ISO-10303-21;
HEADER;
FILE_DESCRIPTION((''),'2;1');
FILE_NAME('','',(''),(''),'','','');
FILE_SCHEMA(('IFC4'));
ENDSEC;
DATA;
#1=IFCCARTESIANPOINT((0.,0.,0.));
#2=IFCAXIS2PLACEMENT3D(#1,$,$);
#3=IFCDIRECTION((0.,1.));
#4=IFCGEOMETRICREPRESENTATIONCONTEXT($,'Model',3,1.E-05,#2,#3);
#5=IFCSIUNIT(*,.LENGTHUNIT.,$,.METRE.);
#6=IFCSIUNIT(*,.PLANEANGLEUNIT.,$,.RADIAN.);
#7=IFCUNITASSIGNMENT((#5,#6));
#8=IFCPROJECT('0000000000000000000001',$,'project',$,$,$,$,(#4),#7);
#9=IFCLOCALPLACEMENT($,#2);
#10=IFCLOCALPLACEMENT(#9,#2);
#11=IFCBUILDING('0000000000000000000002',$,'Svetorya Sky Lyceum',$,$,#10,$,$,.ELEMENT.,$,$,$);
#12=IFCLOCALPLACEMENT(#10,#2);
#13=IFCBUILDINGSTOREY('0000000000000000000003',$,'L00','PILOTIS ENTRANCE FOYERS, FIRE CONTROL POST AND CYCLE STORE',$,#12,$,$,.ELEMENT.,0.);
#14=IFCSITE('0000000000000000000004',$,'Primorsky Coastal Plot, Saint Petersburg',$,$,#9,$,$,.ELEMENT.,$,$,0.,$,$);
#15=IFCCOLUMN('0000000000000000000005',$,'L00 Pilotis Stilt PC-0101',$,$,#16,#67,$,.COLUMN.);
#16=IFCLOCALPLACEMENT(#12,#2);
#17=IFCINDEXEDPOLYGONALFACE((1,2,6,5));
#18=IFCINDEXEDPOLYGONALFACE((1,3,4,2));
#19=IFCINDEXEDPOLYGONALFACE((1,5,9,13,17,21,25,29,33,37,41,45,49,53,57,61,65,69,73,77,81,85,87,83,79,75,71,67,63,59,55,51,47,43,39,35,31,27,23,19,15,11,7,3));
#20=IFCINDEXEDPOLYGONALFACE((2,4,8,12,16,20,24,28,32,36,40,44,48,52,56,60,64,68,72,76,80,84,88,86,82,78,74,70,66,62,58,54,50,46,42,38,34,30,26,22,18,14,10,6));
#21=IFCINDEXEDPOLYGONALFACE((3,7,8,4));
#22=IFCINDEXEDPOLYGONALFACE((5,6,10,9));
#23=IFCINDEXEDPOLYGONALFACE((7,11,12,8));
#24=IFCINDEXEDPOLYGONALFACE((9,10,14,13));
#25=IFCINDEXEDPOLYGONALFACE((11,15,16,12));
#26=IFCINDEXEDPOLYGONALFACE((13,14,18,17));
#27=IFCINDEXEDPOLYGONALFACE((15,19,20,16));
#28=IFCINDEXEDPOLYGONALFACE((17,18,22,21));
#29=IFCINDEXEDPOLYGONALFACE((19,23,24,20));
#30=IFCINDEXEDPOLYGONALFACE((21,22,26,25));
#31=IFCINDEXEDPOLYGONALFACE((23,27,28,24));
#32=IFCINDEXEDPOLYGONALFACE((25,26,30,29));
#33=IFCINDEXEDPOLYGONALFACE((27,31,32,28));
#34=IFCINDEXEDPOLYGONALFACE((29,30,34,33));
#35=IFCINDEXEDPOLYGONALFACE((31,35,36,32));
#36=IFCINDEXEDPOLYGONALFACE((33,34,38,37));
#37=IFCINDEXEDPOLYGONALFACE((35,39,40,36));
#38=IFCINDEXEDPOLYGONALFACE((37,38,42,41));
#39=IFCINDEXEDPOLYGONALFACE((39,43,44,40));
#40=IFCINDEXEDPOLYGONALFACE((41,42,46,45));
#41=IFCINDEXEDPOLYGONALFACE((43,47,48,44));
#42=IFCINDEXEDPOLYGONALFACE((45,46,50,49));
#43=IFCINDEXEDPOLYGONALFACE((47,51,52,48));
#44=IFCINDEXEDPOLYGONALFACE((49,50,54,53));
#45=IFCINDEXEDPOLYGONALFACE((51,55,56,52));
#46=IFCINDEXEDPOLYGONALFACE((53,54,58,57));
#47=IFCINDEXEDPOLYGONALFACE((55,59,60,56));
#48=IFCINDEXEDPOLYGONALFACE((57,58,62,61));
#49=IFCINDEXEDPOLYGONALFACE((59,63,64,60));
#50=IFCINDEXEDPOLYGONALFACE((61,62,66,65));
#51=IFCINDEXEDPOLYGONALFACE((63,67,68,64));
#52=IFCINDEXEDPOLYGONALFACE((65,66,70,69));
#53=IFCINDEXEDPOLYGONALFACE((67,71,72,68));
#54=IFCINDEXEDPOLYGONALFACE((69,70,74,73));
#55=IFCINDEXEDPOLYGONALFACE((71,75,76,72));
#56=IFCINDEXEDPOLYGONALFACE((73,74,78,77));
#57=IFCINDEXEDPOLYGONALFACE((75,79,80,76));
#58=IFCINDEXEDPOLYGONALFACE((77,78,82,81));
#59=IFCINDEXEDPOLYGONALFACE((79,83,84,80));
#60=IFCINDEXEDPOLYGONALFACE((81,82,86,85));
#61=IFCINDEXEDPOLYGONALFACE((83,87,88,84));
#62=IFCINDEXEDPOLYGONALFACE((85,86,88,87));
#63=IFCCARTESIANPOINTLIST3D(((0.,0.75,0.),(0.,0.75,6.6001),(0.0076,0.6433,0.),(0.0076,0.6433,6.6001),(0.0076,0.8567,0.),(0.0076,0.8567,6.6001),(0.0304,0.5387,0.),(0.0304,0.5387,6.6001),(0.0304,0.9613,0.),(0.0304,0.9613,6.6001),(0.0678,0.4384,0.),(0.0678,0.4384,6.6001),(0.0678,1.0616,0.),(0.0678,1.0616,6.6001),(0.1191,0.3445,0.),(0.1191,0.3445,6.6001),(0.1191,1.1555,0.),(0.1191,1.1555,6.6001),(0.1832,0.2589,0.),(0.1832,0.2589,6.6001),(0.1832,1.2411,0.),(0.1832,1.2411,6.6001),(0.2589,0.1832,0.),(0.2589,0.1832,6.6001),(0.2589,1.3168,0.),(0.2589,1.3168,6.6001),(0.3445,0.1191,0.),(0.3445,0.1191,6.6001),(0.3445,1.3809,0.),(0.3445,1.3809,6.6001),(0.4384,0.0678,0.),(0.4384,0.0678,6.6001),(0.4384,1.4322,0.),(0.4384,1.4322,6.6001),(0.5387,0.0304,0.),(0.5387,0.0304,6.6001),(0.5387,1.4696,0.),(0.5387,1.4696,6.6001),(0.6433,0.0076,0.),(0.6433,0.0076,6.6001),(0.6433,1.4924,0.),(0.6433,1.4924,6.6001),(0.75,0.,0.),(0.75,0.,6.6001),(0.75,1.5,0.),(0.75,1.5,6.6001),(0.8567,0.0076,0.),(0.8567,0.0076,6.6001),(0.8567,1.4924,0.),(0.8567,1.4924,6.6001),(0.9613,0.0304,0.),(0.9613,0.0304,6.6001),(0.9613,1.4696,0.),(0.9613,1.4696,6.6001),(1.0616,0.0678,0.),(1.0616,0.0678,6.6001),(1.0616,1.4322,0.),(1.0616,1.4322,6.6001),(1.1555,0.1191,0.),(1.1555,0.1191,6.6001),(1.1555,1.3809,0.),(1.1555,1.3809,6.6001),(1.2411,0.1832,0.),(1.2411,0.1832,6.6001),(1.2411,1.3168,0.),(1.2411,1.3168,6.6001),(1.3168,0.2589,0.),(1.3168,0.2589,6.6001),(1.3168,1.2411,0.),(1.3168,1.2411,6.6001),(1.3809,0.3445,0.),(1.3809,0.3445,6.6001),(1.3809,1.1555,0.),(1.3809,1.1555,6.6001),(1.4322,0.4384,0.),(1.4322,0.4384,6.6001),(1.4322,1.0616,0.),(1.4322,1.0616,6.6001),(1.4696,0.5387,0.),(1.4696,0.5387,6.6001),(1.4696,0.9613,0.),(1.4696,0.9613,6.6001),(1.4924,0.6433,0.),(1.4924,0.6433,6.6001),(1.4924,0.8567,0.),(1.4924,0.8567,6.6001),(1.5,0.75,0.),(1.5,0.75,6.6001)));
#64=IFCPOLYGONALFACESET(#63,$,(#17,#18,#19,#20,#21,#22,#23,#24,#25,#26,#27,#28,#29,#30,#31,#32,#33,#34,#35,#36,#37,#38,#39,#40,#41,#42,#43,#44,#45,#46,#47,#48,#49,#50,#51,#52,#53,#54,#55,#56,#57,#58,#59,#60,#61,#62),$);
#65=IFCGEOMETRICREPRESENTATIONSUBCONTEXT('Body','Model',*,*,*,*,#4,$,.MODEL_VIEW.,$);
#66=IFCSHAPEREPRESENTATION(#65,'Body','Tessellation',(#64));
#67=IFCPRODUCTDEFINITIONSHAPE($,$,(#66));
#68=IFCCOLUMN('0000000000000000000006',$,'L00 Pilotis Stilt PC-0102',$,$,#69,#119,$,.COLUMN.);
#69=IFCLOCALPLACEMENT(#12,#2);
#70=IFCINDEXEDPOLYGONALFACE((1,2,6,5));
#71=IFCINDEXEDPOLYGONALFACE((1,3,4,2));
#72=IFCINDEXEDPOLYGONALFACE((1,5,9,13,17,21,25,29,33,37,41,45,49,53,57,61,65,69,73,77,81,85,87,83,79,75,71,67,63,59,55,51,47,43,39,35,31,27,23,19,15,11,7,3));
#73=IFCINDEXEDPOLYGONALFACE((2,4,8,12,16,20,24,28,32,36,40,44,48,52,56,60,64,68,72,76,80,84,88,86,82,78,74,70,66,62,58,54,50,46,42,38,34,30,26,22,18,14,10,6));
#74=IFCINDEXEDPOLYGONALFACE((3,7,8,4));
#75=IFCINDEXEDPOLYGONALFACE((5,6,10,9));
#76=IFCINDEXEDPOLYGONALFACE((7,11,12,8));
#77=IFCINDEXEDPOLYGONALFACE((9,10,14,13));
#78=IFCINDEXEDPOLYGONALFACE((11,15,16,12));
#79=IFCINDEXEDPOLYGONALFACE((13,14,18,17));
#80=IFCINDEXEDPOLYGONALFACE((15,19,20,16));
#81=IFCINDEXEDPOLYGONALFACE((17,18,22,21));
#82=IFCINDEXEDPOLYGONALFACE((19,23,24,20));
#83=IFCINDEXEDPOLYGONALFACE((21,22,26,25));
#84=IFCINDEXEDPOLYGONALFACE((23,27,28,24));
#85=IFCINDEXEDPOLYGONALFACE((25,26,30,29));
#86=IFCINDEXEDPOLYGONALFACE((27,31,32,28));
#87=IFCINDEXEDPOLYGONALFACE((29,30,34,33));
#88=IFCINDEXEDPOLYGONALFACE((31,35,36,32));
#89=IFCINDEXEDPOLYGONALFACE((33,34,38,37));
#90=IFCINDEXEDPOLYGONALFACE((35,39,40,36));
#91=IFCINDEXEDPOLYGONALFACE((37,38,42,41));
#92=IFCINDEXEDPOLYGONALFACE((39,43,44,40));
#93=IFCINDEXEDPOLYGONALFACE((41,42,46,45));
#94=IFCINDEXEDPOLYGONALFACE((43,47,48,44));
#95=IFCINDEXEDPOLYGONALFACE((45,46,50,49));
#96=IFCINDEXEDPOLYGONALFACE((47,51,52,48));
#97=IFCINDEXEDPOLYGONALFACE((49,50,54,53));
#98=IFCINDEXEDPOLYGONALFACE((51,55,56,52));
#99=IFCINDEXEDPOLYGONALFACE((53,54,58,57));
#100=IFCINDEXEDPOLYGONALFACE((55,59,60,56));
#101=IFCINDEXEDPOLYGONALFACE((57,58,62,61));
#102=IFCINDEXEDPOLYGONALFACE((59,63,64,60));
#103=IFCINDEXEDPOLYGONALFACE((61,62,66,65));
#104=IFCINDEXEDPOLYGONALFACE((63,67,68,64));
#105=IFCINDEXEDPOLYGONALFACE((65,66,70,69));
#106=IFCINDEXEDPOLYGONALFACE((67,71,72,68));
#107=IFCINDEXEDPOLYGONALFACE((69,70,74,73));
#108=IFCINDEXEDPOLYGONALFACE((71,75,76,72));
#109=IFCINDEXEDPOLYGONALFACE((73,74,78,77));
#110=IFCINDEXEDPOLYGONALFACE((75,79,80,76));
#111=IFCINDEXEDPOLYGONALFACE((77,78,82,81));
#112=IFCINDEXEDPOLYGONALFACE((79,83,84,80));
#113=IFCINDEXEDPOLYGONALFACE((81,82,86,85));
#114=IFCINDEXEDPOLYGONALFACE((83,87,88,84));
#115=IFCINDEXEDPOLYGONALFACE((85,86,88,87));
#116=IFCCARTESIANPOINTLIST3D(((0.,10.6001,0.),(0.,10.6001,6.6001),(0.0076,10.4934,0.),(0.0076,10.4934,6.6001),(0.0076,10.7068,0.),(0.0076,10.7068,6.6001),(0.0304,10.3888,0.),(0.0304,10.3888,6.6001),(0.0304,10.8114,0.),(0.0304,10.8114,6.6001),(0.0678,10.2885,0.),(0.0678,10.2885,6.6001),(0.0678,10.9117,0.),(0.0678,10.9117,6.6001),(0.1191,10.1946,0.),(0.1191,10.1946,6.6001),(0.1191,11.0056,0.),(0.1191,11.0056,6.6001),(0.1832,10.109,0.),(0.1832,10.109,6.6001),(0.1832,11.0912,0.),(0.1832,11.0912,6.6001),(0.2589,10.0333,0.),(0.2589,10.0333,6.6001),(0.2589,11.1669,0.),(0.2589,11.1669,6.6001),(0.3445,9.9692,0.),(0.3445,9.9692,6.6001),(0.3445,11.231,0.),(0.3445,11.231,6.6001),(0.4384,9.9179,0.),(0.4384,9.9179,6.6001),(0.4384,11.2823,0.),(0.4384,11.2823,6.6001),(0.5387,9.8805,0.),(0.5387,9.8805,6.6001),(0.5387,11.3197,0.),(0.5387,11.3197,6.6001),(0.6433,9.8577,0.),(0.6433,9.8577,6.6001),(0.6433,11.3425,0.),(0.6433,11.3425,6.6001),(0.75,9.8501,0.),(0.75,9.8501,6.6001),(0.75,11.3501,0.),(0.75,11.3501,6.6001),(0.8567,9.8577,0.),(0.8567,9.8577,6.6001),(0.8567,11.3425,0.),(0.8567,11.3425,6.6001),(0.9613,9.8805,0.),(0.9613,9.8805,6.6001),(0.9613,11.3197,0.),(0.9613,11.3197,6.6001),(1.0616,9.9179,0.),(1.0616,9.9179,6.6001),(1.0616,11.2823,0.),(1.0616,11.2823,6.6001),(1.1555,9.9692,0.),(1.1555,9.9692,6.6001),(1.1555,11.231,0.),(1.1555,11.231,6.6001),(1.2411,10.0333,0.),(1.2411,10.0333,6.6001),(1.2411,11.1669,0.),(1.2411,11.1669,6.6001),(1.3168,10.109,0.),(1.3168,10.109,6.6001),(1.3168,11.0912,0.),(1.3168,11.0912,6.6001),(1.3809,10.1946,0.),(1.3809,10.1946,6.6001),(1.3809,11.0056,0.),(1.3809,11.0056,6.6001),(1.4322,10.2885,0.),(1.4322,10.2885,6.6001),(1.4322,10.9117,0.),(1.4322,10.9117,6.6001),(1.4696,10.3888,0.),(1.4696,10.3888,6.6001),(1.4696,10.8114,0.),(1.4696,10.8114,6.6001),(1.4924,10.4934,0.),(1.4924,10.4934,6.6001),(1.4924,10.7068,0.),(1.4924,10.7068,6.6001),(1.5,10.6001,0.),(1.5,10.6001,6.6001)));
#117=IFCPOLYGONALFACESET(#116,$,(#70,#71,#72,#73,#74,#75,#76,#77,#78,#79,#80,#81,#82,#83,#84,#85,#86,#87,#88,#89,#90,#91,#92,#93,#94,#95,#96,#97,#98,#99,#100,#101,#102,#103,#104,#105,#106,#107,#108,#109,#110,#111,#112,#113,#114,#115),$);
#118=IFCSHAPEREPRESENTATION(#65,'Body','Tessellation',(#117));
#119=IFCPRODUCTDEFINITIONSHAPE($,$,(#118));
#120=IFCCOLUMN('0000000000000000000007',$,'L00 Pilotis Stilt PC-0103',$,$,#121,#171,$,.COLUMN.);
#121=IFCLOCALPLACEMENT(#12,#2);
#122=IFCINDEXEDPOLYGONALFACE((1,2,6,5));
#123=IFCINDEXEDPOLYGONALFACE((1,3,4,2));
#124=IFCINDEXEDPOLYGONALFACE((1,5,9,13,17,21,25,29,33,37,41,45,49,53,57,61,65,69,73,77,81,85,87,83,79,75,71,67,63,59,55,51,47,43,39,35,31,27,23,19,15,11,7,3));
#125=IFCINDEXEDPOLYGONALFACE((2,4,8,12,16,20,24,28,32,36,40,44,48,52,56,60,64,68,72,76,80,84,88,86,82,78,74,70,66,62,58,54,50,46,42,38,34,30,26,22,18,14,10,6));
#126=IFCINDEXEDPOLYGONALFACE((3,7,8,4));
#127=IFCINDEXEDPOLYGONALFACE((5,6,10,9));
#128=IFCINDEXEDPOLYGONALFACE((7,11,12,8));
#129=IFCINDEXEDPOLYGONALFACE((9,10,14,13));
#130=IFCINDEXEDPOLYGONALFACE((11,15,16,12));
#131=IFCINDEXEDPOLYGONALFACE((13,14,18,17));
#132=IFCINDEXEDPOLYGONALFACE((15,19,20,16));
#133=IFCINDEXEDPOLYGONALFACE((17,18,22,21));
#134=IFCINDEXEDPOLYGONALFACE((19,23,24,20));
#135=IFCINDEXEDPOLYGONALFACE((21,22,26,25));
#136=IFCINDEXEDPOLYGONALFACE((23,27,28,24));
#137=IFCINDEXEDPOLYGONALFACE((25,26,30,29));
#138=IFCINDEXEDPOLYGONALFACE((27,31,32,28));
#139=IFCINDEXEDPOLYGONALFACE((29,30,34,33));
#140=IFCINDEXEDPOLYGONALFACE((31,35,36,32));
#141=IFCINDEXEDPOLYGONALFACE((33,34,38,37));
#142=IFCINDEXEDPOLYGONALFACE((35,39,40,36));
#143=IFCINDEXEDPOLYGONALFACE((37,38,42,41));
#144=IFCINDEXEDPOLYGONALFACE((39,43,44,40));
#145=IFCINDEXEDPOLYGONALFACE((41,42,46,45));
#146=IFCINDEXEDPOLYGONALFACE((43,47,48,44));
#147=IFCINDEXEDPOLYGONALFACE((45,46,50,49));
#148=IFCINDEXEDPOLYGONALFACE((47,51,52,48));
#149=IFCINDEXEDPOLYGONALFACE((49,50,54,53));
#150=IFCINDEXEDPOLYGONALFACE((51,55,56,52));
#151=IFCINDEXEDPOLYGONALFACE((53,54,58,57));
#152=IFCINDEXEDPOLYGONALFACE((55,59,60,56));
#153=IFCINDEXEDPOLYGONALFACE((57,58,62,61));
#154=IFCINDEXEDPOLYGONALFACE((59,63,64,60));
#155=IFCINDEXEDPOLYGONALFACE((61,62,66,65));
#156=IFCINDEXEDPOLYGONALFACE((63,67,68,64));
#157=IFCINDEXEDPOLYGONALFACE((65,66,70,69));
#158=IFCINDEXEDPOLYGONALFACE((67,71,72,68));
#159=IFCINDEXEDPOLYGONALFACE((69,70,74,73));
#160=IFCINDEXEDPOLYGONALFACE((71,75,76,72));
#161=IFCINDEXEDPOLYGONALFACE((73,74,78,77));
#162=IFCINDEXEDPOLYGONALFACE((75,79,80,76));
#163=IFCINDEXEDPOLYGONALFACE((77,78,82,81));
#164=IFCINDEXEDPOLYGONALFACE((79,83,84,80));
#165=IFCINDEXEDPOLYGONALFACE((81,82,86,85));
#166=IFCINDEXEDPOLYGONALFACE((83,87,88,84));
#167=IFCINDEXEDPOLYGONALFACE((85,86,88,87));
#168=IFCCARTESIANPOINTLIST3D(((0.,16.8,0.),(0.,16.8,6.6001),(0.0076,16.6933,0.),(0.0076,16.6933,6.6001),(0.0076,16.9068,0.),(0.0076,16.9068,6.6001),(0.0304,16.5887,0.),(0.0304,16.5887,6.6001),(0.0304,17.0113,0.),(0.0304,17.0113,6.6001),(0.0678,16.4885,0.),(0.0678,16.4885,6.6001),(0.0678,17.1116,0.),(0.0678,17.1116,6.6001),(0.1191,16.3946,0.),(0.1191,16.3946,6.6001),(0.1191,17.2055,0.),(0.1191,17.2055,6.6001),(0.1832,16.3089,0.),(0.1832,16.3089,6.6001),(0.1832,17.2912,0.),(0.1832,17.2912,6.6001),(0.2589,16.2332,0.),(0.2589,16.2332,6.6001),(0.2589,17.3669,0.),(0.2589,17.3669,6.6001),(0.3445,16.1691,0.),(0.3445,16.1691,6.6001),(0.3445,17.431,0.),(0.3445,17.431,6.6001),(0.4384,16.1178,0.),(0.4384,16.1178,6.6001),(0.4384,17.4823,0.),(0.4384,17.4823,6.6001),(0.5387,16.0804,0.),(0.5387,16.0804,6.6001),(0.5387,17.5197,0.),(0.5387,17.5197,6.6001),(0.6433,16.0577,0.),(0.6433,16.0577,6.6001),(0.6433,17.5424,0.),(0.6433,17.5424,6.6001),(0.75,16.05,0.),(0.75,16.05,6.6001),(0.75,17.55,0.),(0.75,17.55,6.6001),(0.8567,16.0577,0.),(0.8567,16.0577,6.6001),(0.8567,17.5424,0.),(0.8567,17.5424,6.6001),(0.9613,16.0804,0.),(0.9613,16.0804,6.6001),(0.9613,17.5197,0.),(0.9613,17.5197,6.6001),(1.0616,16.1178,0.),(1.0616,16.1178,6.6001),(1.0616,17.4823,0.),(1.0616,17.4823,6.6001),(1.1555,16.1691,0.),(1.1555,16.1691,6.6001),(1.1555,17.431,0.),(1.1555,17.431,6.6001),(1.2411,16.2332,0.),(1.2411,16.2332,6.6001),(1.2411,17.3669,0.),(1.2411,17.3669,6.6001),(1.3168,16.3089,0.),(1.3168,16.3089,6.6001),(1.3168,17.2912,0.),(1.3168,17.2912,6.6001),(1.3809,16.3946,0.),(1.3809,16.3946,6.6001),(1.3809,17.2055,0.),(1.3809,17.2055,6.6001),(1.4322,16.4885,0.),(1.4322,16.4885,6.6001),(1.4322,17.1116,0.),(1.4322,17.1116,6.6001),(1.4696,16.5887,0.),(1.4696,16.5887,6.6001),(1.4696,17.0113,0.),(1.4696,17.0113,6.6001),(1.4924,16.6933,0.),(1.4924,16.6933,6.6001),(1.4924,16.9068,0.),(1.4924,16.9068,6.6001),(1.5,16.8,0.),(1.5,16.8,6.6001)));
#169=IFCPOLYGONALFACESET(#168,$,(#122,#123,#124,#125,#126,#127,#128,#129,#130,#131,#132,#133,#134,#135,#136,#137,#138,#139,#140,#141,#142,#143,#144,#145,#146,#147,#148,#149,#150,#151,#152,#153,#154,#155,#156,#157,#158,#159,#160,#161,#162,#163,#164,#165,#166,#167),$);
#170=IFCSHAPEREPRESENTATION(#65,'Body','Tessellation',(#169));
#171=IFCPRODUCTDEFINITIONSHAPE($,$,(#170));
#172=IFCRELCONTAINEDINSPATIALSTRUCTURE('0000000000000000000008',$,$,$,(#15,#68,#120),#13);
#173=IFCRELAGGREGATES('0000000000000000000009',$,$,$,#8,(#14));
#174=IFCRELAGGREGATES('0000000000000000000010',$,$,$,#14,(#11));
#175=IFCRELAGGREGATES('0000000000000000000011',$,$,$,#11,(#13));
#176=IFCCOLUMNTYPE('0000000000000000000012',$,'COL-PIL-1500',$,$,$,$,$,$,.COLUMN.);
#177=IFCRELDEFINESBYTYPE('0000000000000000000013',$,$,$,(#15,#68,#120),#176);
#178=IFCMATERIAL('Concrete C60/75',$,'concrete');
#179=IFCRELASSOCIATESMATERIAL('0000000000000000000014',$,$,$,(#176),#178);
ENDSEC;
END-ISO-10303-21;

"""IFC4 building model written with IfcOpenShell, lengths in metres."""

from ifc_helpers import new_model, si_unit, direction, frame, origin, origin_2d, place, context, subcontext, project, spatial, circle, extrude, material, material_profile, profile_set, type_object, element, save


model = new_model("IFC4")

# Units and contexts
model_context = context("Model", 3, precision=1e-05, world=origin(), true_north=direction((0.0, 1.0)))
body_context = subcontext(model_context, "Body", "Model", "MODEL_VIEW")
ifc_project = project(units=[si_unit("LENGTHUNIT", "METRE"), si_unit("PLANEANGLEUNIT", "RADIAN")], contexts=[model_context])

# Site, building, storey
site_placement = place(None, origin())
site = spatial("IfcSite", under=ifc_project, at=site_placement, Name="Primorsky Coastal Plot, Saint Petersburg", CompositionType="ELEMENT", RefElevation=0.0)
building_placement = place(site_placement, origin())
building = spatial("IfcBuilding", under=site, at=building_placement, Name="Svetorya Sky Lyceum", CompositionType="ELEMENT")
storey_placement = place(building_placement, origin())
storey = spatial("IfcBuildingStorey", under=building, at=storey_placement, Name="L00", Description="PILOTIS ENTRANCE FOYERS, FIRE CONTROL POST AND CYCLE STORE", CompositionType="ELEMENT", Elevation=0.0)

# Columns
ifc_material_1 = material(Name="Concrete C60/75", Category="concrete")
ifc_material_profile_1 = material_profile(ifc_material_1, circle(Radius=0.75, at=origin_2d()), Name="RC PILOTI D1500")
ifc_profile_set_1 = profile_set([ifc_material_profile_1], Name="Concrete C60/75")
column_type = type_object("IfcColumnType", Name="COL-PIL-1500", PredefinedType="COLUMN", material=ifc_profile_set_1)
for number, where, z_axis, x_axis, name in (
    (1, (0.75, 0.75, 0.0), (0.0, 0.0, 1.0), (1.0, 0.0, 0.0), "L00 Pilotis Stilt PC-0101"),
    (2, (0.75, 10.6001, 0.0), (0.0, 0.0, 1.0), (1.0, 0.0, 0.0), "L00 Pilotis Stilt PC-0102"),
    (3, (0.75, 16.8, 0.0), (0.0, 0.0, 1.0), (1.0, 0.0, 0.0), "L00 Pilotis Stilt PC-0103"),
):
    element("IfcColumn", number, at=place(storey_placement, frame(where, z_axis=z_axis, x_axis=x_axis)), inside=storey, type_object=column_type, Name=name, PredefinedType="COLUMN", context=body_context, shape_type="SweptSolid", body=[
        extrude(circle(Radius=0.75, at=origin_2d()), origin(), (0.0, 0.0, 1.0), 6.6001),
    ])

save(model, "model.ifc")
